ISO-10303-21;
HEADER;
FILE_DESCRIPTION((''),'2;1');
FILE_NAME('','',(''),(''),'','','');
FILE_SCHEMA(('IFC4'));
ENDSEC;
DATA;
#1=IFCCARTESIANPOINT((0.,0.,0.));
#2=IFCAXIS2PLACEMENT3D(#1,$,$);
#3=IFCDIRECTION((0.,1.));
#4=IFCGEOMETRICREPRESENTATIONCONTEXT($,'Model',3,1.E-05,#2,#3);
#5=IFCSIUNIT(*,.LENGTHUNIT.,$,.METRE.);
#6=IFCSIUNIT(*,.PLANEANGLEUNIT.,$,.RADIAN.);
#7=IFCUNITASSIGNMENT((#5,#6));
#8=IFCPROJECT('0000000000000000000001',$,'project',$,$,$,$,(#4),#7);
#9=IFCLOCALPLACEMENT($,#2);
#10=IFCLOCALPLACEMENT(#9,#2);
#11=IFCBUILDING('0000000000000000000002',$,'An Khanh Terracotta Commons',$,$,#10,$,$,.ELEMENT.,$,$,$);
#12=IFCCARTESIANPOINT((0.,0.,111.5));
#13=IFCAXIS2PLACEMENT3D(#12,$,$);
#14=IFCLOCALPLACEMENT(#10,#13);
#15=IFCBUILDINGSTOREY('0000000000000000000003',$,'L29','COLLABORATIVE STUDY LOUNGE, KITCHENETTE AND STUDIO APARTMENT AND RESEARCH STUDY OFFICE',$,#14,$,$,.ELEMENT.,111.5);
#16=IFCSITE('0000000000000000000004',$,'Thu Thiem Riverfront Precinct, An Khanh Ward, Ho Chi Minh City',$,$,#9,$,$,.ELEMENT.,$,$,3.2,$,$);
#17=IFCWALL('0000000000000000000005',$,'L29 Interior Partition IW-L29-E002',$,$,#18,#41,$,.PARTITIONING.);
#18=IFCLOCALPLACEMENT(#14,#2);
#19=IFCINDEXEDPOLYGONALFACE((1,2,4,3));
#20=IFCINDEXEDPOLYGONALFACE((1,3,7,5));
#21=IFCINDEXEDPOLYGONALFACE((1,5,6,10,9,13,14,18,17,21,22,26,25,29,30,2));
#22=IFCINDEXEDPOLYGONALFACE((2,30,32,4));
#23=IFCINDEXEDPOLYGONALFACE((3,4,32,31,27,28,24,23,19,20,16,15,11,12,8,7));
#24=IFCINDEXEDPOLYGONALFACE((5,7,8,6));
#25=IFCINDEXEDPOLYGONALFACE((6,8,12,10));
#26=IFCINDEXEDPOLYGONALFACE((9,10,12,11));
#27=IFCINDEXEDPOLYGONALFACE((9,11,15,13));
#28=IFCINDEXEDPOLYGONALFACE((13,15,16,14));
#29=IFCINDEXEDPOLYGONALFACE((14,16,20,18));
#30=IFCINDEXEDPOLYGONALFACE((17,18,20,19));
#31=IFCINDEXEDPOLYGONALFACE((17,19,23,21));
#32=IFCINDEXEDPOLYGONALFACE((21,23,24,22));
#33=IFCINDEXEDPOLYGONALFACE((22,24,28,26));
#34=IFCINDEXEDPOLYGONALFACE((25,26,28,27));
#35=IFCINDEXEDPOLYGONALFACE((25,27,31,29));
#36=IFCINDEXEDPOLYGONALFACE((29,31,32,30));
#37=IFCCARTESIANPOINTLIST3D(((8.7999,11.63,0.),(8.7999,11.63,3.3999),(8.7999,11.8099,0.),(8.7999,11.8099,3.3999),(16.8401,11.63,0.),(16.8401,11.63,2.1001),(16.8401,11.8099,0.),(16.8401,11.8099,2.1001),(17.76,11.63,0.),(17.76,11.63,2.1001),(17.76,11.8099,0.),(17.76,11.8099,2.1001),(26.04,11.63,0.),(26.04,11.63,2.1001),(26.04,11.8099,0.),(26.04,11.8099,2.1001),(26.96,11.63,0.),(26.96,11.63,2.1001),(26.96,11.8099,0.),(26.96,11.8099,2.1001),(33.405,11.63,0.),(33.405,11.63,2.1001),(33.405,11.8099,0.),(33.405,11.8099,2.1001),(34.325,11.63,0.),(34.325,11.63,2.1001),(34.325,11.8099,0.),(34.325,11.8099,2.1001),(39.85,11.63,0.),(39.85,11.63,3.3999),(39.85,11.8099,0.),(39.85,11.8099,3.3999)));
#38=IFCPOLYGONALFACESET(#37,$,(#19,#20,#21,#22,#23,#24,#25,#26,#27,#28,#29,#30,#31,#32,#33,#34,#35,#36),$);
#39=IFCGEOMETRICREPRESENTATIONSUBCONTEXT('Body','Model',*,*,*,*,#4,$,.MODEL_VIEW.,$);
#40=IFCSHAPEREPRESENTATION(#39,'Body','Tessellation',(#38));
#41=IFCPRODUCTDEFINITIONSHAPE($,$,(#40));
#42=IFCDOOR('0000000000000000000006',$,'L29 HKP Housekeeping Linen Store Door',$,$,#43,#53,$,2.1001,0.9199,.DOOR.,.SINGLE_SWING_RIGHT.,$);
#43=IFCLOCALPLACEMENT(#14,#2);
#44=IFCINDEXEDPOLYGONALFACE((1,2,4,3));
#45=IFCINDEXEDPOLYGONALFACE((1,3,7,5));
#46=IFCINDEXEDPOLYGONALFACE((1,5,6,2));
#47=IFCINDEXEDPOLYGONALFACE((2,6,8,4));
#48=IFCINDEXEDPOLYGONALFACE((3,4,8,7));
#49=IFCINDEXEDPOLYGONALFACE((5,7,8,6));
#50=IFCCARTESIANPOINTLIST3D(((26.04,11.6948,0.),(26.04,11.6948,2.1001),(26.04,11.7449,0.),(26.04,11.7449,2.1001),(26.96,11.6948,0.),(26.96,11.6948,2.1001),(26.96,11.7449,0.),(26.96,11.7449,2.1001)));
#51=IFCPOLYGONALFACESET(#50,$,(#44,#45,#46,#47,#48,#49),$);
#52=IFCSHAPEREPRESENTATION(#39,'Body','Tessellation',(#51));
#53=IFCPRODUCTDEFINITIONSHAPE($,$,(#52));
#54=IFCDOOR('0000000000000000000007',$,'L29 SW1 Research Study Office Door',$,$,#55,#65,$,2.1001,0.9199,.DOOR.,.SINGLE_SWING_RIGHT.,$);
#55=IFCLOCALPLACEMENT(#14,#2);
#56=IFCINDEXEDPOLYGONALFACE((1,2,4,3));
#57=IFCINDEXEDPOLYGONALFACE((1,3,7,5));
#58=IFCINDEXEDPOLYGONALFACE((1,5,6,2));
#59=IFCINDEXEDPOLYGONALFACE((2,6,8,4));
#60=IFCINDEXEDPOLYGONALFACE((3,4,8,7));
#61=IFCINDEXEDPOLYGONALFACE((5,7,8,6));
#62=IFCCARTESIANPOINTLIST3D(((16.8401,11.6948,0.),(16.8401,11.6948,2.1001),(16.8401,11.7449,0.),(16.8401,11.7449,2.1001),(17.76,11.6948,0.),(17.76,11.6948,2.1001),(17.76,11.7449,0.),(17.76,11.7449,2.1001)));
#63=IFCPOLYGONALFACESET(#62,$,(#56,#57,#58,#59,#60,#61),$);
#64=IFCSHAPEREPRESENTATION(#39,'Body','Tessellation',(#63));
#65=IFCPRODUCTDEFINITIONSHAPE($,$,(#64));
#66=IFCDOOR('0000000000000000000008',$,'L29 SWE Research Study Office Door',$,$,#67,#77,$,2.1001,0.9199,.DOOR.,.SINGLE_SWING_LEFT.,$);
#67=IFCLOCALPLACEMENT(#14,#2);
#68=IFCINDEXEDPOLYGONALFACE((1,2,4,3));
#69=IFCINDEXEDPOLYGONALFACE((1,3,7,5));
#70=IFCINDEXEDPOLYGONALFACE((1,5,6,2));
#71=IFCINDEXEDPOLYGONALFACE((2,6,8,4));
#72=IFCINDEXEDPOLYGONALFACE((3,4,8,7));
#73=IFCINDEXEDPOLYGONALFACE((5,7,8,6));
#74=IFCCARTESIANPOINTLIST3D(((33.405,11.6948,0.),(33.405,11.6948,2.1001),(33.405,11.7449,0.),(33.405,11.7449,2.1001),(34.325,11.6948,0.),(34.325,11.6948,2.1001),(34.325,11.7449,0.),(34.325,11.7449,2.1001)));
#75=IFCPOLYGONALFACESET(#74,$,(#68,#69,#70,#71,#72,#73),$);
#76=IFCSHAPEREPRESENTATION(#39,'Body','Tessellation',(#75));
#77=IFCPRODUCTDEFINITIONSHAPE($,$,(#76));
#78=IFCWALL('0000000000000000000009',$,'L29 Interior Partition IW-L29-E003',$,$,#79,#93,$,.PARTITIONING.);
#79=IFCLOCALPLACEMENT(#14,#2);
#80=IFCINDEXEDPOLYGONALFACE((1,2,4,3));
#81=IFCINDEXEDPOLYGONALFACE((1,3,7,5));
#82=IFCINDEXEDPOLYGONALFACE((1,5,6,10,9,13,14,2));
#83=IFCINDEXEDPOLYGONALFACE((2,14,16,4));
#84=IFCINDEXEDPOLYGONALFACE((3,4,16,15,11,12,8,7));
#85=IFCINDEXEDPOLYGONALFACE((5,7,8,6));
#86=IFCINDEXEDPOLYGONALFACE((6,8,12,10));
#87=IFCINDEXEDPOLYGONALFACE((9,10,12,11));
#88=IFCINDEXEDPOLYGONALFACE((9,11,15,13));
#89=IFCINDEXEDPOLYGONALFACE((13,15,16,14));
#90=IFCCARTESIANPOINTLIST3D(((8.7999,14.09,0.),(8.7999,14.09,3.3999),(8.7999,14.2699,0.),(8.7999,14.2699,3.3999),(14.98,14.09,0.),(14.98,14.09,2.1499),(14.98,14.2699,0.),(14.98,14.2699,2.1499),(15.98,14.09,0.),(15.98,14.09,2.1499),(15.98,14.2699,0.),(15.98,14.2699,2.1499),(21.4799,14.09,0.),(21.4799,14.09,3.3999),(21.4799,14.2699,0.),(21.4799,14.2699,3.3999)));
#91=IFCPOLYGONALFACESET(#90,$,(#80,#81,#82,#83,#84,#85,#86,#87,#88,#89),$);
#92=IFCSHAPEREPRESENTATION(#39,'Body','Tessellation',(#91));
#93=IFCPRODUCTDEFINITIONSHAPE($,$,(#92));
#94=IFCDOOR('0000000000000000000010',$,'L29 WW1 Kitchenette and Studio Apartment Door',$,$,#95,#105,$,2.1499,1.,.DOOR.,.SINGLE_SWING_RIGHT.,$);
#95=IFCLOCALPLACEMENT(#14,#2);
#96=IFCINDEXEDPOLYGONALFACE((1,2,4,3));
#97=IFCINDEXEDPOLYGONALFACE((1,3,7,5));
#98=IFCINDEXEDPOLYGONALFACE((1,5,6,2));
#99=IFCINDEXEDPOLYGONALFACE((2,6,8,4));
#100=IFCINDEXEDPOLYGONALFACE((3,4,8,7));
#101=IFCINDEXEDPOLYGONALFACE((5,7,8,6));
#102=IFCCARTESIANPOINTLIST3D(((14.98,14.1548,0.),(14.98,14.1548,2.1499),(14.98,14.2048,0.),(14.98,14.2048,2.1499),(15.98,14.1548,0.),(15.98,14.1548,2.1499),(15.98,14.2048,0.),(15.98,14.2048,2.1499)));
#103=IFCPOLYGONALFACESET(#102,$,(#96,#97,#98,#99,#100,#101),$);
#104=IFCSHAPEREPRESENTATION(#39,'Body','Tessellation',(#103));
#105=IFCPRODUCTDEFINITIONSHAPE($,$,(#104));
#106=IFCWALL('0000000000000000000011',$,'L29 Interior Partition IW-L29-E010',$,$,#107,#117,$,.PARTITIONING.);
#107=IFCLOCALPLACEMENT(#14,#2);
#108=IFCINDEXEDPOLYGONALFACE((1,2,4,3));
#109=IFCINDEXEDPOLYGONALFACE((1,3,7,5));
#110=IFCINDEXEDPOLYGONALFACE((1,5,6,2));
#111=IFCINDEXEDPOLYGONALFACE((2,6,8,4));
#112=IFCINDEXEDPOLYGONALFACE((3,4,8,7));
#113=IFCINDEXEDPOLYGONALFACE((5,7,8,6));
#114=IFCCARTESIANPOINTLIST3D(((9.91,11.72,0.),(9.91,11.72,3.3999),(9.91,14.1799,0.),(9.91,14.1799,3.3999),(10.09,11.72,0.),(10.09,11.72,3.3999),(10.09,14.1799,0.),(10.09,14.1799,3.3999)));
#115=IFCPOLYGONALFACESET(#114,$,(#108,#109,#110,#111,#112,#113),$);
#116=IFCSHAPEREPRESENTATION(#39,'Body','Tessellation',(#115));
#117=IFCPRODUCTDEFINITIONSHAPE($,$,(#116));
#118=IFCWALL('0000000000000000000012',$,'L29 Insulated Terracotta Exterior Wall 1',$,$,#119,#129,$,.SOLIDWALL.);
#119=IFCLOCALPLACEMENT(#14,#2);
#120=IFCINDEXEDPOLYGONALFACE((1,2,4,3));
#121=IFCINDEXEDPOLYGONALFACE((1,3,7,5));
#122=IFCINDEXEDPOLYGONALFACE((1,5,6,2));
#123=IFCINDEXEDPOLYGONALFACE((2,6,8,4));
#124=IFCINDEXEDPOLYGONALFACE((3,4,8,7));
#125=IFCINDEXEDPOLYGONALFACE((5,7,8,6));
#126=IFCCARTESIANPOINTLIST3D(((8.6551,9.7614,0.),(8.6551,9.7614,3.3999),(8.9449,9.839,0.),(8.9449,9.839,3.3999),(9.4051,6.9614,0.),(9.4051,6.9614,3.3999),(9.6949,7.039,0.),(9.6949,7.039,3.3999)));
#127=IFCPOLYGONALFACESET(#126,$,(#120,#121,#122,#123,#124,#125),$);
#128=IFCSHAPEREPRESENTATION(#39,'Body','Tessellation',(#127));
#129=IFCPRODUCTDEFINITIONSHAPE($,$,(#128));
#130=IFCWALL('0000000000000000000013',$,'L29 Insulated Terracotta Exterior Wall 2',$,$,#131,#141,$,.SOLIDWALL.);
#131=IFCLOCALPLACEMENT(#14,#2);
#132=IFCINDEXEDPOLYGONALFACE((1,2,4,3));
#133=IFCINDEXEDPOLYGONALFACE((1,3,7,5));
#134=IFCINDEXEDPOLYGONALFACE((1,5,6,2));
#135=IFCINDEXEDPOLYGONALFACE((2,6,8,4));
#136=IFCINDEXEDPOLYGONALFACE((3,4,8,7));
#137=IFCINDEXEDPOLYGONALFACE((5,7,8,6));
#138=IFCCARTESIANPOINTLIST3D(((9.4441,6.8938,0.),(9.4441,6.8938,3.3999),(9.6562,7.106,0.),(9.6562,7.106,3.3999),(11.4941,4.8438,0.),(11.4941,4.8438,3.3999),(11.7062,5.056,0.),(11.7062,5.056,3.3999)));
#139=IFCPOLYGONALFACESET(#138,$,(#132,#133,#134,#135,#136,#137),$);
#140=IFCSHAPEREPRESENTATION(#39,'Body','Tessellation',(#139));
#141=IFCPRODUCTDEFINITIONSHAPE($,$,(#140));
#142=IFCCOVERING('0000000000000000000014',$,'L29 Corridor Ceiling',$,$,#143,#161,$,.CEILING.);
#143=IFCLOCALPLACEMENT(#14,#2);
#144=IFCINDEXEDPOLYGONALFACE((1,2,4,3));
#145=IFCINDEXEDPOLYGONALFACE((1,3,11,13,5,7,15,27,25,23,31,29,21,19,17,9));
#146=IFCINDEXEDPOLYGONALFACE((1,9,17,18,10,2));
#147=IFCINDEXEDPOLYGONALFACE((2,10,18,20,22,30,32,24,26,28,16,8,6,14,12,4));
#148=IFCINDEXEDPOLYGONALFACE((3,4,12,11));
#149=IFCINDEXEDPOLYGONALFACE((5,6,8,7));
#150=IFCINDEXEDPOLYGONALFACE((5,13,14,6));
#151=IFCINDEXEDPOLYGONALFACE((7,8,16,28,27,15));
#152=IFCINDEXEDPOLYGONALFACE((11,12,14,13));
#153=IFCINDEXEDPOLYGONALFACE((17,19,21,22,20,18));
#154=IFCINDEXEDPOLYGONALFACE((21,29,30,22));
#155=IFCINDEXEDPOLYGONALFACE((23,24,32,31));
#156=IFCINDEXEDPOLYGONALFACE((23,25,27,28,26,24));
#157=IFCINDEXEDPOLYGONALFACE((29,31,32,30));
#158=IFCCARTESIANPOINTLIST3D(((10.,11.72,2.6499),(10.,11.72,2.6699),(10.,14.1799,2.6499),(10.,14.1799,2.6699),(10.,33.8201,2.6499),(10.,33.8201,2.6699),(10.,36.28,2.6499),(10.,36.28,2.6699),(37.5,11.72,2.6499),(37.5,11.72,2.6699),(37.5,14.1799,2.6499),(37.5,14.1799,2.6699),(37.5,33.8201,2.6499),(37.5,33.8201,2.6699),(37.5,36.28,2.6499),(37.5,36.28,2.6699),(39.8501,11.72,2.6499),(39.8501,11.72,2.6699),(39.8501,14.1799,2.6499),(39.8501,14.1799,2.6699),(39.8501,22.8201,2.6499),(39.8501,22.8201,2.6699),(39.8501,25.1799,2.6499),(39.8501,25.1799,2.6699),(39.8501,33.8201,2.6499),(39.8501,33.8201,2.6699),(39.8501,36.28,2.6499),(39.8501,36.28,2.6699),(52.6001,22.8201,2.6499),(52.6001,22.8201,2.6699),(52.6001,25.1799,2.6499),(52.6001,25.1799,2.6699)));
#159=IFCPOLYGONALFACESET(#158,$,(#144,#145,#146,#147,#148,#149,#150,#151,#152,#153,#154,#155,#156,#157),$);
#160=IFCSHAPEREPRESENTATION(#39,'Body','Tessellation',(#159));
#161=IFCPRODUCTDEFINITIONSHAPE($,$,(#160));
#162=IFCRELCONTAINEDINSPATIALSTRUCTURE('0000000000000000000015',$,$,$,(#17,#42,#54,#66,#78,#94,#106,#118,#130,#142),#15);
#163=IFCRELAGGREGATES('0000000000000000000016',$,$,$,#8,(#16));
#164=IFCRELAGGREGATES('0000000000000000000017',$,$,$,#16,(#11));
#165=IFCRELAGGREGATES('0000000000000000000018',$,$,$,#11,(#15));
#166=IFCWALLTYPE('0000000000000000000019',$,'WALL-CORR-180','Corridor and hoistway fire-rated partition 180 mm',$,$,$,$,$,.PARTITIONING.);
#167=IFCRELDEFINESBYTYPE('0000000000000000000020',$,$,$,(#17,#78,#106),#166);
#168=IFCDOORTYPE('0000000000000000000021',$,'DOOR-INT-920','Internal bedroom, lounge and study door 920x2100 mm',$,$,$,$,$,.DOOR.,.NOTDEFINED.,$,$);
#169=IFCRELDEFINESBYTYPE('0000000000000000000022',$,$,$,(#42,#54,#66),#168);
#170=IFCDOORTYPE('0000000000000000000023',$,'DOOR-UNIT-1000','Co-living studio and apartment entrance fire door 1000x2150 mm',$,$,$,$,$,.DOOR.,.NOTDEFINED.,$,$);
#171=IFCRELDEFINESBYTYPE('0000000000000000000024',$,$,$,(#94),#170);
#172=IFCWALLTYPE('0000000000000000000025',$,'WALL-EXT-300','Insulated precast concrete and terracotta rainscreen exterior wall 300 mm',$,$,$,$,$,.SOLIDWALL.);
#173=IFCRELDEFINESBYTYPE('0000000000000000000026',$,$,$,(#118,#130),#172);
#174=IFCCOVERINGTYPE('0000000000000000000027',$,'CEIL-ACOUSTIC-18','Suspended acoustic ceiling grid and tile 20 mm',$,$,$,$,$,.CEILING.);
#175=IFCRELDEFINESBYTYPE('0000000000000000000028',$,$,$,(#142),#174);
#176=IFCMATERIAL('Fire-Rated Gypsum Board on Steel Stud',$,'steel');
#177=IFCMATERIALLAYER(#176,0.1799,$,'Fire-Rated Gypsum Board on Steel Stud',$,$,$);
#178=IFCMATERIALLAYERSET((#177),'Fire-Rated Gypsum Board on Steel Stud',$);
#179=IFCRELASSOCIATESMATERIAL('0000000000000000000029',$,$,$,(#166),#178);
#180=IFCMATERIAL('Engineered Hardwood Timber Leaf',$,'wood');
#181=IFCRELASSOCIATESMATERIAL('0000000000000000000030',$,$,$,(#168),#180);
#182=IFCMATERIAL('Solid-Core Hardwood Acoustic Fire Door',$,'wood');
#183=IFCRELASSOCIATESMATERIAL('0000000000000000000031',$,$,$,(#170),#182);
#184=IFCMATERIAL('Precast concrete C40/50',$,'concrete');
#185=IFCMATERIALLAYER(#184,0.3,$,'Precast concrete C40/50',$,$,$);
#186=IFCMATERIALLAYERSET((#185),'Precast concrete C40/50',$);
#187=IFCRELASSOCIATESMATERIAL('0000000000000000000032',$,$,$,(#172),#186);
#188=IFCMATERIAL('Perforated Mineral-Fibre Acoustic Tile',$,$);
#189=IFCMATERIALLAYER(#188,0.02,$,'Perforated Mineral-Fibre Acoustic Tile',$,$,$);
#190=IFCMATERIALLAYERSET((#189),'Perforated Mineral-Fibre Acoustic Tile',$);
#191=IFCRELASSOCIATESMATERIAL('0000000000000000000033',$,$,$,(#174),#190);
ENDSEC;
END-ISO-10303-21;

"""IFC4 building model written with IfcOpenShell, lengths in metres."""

from ifc_helpers import new_model, si_unit, direction, frame, frame_2d, origin, place, context, subcontext, project, spatial, polyline, rectangle, outline, extrude, material, layer, layer_set, type_object, element, fill, save


model = new_model("IFC4")

# Units and contexts
model_context = context("Model", 3, precision=1e-05, world=origin(), true_north=direction((0.0, 1.0)))
body_context = subcontext(model_context, "Body", "Model", "MODEL_VIEW")
ifc_project = project(units=[si_unit("LENGTHUNIT", "METRE"), si_unit("PLANEANGLEUNIT", "RADIAN")], contexts=[model_context])

# Site, building, storey
site_placement = place(None, origin())
site = spatial("IfcSite", under=ifc_project, at=site_placement, Name="Thu Thiem Riverfront Precinct, An Khanh Ward, Ho Chi Minh City", CompositionType="ELEMENT", RefElevation=3.2)
building_placement = place(site_placement, origin())
building = spatial("IfcBuilding", under=site, at=building_placement, Name="An Khanh Terracotta Commons", CompositionType="ELEMENT")
storey_placement = place(building_placement, frame((0.0, 0.0, 111.5)))
storey = spatial("IfcBuildingStorey", under=building, at=storey_placement, Name="L29", Description="COLLABORATIVE STUDY LOUNGE, KITCHENETTE AND STUDIO APARTMENT AND RESEARCH STUDY OFFICE", CompositionType="ELEMENT", Elevation=111.5)

# Shared definitions
ifc_material_1 = material(Name="Precast concrete C40/50", Category="concrete")

# Wall, openings, doors
ifc_material_2 = material(Name="Fire-Rated Gypsum Board on Steel Stud", Category="steel")
ifc_layer_1 = layer(ifc_material_2, 0.1799, Name="Fire-Rated Gypsum Board on Steel Stud")
ifc_layer_set_1 = layer_set([ifc_layer_1], Name="Fire-Rated Gypsum Board on Steel Stud")
wall_type_1 = type_object("IfcWallType", Name="WALL-CORR-180", Description="Corridor and hoistway fire-rated partition 180 mm", PredefinedType="PARTITIONING", material=ifc_layer_set_1)
wall_1_placement = place(storey_placement, frame((8.8, 11.72, 0.0), z_axis=(0.0, 0.0, 1.0), x_axis=(1.0, 0.0, 0.0)))
wall_1 = element("IfcWall", 1, at=wall_1_placement, inside=storey, type_object=wall_type_1, Name="L29 Interior Partition IW-L29-E002", PredefinedType="PARTITIONING", context=body_context, shape_type="SweptSolid", body=[
    extrude(rectangle(XDim=31.05, YDim=0.1799, at=frame_2d((15.5249, 0.0))), origin(), (0.0, 0.0, 1.0), 3.3999),
])
opening_1_placement = place(wall_1_placement, frame((17.24, 0.0, 0.0)))
opening_1 = element("IfcOpeningElement", 2, at=opening_1_placement, cuts=wall_1, PredefinedType="OPENING", context=body_context, shape_type="SweptSolid", body=[
    extrude(rectangle(XDim=0.9199, YDim=2.1001, at=frame_2d((0.46, 1.05))), frame((0.0, 0.0999, 0.0), z_axis=(0.0, -1.0, 0.0), x_axis=(1.0, 0.0, 0.0)), (0.0, 0.0, 1.0), 0.2),
])
opening_2_placement = place(wall_1_placement, frame((8.04, 0.0, 0.0)))
opening_2 = element("IfcOpeningElement", 3, at=opening_2_placement, cuts=wall_1, PredefinedType="OPENING", context=body_context, shape_type="SweptSolid", body=[
    extrude(rectangle(XDim=0.9199, YDim=2.1001, at=frame_2d((0.46, 1.05))), frame((0.0, 0.0999, 0.0), z_axis=(0.0, -1.0, 0.0), x_axis=(1.0, 0.0, 0.0)), (0.0, 0.0, 1.0), 0.2),
])
opening_3_placement = place(wall_1_placement, frame((24.605, 0.0, 0.0)))
opening_3 = element("IfcOpeningElement", 4, at=opening_3_placement, cuts=wall_1, PredefinedType="OPENING", context=body_context, shape_type="SweptSolid", body=[
    extrude(rectangle(XDim=0.9199, YDim=2.1001, at=frame_2d((0.46, 1.05))), frame((0.0, 0.0999, 0.0), z_axis=(0.0, -1.0, 0.0), x_axis=(1.0, 0.0, 0.0)), (0.0, 0.0, 1.0), 0.2),
])
ifc_material_3 = material(Name="Engineered Hardwood Timber Leaf", Category="wood")
door_type_1 = type_object("IfcDoorType", Name="DOOR-INT-920", Description="Internal bedroom, lounge and study door 920x2100 mm", OperationType="NOTDEFINED", PredefinedType="DOOR", material=ifc_material_3)
door_1_placement = place(opening_1_placement, origin())
door_1 = element("IfcDoor", 5, at=door_1_placement, inside=storey, type_object=door_type_1, Name="L29 HKP Housekeeping Linen Store Door", OperationType="SINGLE_SWING_RIGHT", OverallHeight=2.1001, OverallWidth=0.9199, PredefinedType="DOOR", context=body_context, shape_type="SweptSolid", body=[
    extrude(rectangle(XDim=0.9199, YDim=2.1001, at=frame_2d((0.46, 1.05))), frame((0.0, 0.0249, 0.0), z_axis=(0.0, -1.0, 0.0), x_axis=(1.0, 0.0, 0.0)), (0.0, 0.0, 1.0), 0.05),
])
fill(opening_1, door_1)
door_2_placement = place(opening_2_placement, origin())
door_2 = element("IfcDoor", 6, at=door_2_placement, inside=storey, type_object=door_type_1, Name="L29 SW1 Research Study Office Door", OperationType="SINGLE_SWING_RIGHT", OverallHeight=2.1001, OverallWidth=0.9199, PredefinedType="DOOR", context=body_context, shape_type="SweptSolid", body=[
    extrude(rectangle(XDim=0.9199, YDim=2.1001, at=frame_2d((0.46, 1.05))), frame((0.0, 0.0249, 0.0), z_axis=(0.0, -1.0, 0.0), x_axis=(1.0, 0.0, 0.0)), (0.0, 0.0, 1.0), 0.05),
])
fill(opening_2, door_2)
door_3_placement = place(opening_3_placement, origin())
door_3 = element("IfcDoor", 7, at=door_3_placement, inside=storey, type_object=door_type_1, Name="L29 SWE Research Study Office Door", OperationType="SINGLE_SWING_LEFT", OverallHeight=2.1001, OverallWidth=0.9199, PredefinedType="DOOR", context=body_context, shape_type="SweptSolid", body=[
    extrude(rectangle(XDim=0.9199, YDim=2.1001, at=frame_2d((0.46, 1.05))), frame((0.0, 0.0249, 0.0), z_axis=(0.0, -1.0, 0.0), x_axis=(1.0, 0.0, 0.0)), (0.0, 0.0, 1.0), 0.05),
])
fill(opening_3, door_3)

# Wall, opening, door
wall_2_placement = place(storey_placement, frame((8.8, 14.1799, 0.0), z_axis=(0.0, 0.0, 1.0), x_axis=(1.0, 0.0, 0.0)))
wall_2 = element("IfcWall", 8, at=wall_2_placement, inside=storey, type_object=wall_type_1, Name="L29 Interior Partition IW-L29-E003", PredefinedType="PARTITIONING", context=body_context, shape_type="SweptSolid", body=[
    extrude(rectangle(XDim=12.6799, YDim=0.1799, at=frame_2d((6.3398, 0.0))), origin(), (0.0, 0.0, 1.0), 3.3999),
])
opening_4_placement = place(wall_2_placement, frame((6.1799, 0.0, 0.0)))
opening_4 = element("IfcOpeningElement", 9, at=opening_4_placement, cuts=wall_2, PredefinedType="OPENING", context=body_context, shape_type="SweptSolid", body=[
    extrude(rectangle(XDim=1.0, YDim=2.1499, at=frame_2d((0.5, 1.075))), frame((0.0, 0.0999, 0.0), z_axis=(0.0, -1.0, 0.0), x_axis=(1.0, 0.0, 0.0)), (0.0, 0.0, 1.0), 0.2),
])
ifc_material_4 = material(Name="Solid-Core Hardwood Acoustic Fire Door", Category="wood")
door_type_2 = type_object("IfcDoorType", Name="DOOR-UNIT-1000", Description="Co-living studio and apartment entrance fire door 1000x2150 mm", OperationType="NOTDEFINED", PredefinedType="DOOR", material=ifc_material_4)
door_4_placement = place(opening_4_placement, origin())
door_4 = element("IfcDoor", 10, at=door_4_placement, inside=storey, type_object=door_type_2, Name="L29 WW1 Kitchenette and Studio Apartment Door", OperationType="SINGLE_SWING_RIGHT", OverallHeight=2.1499, OverallWidth=1.0, PredefinedType="DOOR", context=body_context, shape_type="SweptSolid", body=[
    extrude(rectangle(XDim=1.0, YDim=2.1499, at=frame_2d((0.5, 1.075))), frame((0.0, 0.0249, 0.0), z_axis=(0.0, -1.0, 0.0), x_axis=(1.0, 0.0, 0.0)), (0.0, 0.0, 1.0), 0.05),
])
fill(opening_4, door_4)

# Walls
wall_3_placement = place(storey_placement, frame((10.0, 11.72, 0.0), z_axis=(0.0, 0.0, 1.0), x_axis=(0.0, 1.0, 0.0)))
element("IfcWall", 11, at=wall_3_placement, inside=storey, type_object=wall_type_1, Name="L29 Interior Partition IW-L29-E010", PredefinedType="PARTITIONING", context=body_context, shape_type="SweptSolid", body=[
    extrude(rectangle(XDim=2.46, YDim=0.1799, at=frame_2d((1.23, 0.0))), origin(), (0.0, 0.0, 1.0), 3.3999),
])
ifc_layer_2 = layer(ifc_material_1, 0.3, Name="Precast concrete C40/50")
ifc_layer_set_2 = layer_set([ifc_layer_2], Name="Precast concrete C40/50")
wall_type_2 = type_object("IfcWallType", Name="WALL-EXT-300", Description="Insulated precast concrete and terracotta rainscreen exterior wall 300 mm", PredefinedType="SOLIDWALL", material=ifc_layer_set_2)
wall_4_placement = place(storey_placement, frame((8.8, 9.8, 0.0), z_axis=(0.0, 0.0, 1.0), x_axis=(0.258732, -0.965949, 0.0)))
element("IfcWall", 12, at=wall_4_placement, inside=storey, type_object=wall_type_2, Name="L29 Insulated Terracotta Exterior Wall 1", PredefinedType="SOLIDWALL", context=body_context, shape_type="SweptSolid", body=[
    extrude(rectangle(XDim=2.8987, YDim=0.3, at=frame_2d((1.4492, 0.0))), origin(), (0.0, 0.0, 1.0), 3.3999),
])
wall_5_placement = place(storey_placement, frame((9.55, 7.0, 0.0), z_axis=(0.0, 0.0, 1.0), x_axis=(0.707107, -0.707107, 0.0)))
element("IfcWall", 13, at=wall_5_placement, inside=storey, type_object=wall_type_2, Name="L29 Insulated Terracotta Exterior Wall 2", PredefinedType="SOLIDWALL", context=body_context, shape_type="SweptSolid", body=[
    extrude(rectangle(XDim=2.8992, YDim=0.3, at=frame_2d((1.4497, 0.0))), origin(), (0.0, 0.0, 1.0), 3.3999),
])

# Covering
ifc_material_5 = material(Name="Perforated Mineral-Fibre Acoustic Tile")
ifc_layer_3 = layer(ifc_material_5, 0.02, Name="Perforated Mineral-Fibre Acoustic Tile")
ifc_layer_set_3 = layer_set([ifc_layer_3], Name="Perforated Mineral-Fibre Acoustic Tile")
covering_type = type_object("IfcCoveringType", Name="CEIL-ACOUSTIC-18", Description="Suspended acoustic ceiling grid and tile 20 mm", PredefinedType="CEILING", material=ifc_layer_set_3)
covering_1_placement = place(storey_placement, frame((0.0, 0.0, 2.6499)))
element("IfcCovering", 14, at=covering_1_placement, inside=storey, type_object=covering_type, Name="L29 Corridor Ceiling", PredefinedType="CEILING", context=body_context, shape_type="SweptSolid", body=[
    extrude(outline(polyline([(10.0, 11.72), (10.0, 14.1799), (37.5, 14.1799), (37.5, 33.8201), (10.0, 33.8201), (10.0, 36.28), (37.5, 36.28), (39.8501, 36.28), (39.8501, 33.8201), (39.8501, 25.1799), (52.6001, 25.1799), (52.6001, 22.8201), (39.8501, 22.8201), (39.8501, 14.1799), (39.8501, 11.72), (37.5, 11.72), (10.0, 11.72)])), origin(), (0.0, 0.0, 1.0), 0.02),
])

save(model, "model.ifc")
